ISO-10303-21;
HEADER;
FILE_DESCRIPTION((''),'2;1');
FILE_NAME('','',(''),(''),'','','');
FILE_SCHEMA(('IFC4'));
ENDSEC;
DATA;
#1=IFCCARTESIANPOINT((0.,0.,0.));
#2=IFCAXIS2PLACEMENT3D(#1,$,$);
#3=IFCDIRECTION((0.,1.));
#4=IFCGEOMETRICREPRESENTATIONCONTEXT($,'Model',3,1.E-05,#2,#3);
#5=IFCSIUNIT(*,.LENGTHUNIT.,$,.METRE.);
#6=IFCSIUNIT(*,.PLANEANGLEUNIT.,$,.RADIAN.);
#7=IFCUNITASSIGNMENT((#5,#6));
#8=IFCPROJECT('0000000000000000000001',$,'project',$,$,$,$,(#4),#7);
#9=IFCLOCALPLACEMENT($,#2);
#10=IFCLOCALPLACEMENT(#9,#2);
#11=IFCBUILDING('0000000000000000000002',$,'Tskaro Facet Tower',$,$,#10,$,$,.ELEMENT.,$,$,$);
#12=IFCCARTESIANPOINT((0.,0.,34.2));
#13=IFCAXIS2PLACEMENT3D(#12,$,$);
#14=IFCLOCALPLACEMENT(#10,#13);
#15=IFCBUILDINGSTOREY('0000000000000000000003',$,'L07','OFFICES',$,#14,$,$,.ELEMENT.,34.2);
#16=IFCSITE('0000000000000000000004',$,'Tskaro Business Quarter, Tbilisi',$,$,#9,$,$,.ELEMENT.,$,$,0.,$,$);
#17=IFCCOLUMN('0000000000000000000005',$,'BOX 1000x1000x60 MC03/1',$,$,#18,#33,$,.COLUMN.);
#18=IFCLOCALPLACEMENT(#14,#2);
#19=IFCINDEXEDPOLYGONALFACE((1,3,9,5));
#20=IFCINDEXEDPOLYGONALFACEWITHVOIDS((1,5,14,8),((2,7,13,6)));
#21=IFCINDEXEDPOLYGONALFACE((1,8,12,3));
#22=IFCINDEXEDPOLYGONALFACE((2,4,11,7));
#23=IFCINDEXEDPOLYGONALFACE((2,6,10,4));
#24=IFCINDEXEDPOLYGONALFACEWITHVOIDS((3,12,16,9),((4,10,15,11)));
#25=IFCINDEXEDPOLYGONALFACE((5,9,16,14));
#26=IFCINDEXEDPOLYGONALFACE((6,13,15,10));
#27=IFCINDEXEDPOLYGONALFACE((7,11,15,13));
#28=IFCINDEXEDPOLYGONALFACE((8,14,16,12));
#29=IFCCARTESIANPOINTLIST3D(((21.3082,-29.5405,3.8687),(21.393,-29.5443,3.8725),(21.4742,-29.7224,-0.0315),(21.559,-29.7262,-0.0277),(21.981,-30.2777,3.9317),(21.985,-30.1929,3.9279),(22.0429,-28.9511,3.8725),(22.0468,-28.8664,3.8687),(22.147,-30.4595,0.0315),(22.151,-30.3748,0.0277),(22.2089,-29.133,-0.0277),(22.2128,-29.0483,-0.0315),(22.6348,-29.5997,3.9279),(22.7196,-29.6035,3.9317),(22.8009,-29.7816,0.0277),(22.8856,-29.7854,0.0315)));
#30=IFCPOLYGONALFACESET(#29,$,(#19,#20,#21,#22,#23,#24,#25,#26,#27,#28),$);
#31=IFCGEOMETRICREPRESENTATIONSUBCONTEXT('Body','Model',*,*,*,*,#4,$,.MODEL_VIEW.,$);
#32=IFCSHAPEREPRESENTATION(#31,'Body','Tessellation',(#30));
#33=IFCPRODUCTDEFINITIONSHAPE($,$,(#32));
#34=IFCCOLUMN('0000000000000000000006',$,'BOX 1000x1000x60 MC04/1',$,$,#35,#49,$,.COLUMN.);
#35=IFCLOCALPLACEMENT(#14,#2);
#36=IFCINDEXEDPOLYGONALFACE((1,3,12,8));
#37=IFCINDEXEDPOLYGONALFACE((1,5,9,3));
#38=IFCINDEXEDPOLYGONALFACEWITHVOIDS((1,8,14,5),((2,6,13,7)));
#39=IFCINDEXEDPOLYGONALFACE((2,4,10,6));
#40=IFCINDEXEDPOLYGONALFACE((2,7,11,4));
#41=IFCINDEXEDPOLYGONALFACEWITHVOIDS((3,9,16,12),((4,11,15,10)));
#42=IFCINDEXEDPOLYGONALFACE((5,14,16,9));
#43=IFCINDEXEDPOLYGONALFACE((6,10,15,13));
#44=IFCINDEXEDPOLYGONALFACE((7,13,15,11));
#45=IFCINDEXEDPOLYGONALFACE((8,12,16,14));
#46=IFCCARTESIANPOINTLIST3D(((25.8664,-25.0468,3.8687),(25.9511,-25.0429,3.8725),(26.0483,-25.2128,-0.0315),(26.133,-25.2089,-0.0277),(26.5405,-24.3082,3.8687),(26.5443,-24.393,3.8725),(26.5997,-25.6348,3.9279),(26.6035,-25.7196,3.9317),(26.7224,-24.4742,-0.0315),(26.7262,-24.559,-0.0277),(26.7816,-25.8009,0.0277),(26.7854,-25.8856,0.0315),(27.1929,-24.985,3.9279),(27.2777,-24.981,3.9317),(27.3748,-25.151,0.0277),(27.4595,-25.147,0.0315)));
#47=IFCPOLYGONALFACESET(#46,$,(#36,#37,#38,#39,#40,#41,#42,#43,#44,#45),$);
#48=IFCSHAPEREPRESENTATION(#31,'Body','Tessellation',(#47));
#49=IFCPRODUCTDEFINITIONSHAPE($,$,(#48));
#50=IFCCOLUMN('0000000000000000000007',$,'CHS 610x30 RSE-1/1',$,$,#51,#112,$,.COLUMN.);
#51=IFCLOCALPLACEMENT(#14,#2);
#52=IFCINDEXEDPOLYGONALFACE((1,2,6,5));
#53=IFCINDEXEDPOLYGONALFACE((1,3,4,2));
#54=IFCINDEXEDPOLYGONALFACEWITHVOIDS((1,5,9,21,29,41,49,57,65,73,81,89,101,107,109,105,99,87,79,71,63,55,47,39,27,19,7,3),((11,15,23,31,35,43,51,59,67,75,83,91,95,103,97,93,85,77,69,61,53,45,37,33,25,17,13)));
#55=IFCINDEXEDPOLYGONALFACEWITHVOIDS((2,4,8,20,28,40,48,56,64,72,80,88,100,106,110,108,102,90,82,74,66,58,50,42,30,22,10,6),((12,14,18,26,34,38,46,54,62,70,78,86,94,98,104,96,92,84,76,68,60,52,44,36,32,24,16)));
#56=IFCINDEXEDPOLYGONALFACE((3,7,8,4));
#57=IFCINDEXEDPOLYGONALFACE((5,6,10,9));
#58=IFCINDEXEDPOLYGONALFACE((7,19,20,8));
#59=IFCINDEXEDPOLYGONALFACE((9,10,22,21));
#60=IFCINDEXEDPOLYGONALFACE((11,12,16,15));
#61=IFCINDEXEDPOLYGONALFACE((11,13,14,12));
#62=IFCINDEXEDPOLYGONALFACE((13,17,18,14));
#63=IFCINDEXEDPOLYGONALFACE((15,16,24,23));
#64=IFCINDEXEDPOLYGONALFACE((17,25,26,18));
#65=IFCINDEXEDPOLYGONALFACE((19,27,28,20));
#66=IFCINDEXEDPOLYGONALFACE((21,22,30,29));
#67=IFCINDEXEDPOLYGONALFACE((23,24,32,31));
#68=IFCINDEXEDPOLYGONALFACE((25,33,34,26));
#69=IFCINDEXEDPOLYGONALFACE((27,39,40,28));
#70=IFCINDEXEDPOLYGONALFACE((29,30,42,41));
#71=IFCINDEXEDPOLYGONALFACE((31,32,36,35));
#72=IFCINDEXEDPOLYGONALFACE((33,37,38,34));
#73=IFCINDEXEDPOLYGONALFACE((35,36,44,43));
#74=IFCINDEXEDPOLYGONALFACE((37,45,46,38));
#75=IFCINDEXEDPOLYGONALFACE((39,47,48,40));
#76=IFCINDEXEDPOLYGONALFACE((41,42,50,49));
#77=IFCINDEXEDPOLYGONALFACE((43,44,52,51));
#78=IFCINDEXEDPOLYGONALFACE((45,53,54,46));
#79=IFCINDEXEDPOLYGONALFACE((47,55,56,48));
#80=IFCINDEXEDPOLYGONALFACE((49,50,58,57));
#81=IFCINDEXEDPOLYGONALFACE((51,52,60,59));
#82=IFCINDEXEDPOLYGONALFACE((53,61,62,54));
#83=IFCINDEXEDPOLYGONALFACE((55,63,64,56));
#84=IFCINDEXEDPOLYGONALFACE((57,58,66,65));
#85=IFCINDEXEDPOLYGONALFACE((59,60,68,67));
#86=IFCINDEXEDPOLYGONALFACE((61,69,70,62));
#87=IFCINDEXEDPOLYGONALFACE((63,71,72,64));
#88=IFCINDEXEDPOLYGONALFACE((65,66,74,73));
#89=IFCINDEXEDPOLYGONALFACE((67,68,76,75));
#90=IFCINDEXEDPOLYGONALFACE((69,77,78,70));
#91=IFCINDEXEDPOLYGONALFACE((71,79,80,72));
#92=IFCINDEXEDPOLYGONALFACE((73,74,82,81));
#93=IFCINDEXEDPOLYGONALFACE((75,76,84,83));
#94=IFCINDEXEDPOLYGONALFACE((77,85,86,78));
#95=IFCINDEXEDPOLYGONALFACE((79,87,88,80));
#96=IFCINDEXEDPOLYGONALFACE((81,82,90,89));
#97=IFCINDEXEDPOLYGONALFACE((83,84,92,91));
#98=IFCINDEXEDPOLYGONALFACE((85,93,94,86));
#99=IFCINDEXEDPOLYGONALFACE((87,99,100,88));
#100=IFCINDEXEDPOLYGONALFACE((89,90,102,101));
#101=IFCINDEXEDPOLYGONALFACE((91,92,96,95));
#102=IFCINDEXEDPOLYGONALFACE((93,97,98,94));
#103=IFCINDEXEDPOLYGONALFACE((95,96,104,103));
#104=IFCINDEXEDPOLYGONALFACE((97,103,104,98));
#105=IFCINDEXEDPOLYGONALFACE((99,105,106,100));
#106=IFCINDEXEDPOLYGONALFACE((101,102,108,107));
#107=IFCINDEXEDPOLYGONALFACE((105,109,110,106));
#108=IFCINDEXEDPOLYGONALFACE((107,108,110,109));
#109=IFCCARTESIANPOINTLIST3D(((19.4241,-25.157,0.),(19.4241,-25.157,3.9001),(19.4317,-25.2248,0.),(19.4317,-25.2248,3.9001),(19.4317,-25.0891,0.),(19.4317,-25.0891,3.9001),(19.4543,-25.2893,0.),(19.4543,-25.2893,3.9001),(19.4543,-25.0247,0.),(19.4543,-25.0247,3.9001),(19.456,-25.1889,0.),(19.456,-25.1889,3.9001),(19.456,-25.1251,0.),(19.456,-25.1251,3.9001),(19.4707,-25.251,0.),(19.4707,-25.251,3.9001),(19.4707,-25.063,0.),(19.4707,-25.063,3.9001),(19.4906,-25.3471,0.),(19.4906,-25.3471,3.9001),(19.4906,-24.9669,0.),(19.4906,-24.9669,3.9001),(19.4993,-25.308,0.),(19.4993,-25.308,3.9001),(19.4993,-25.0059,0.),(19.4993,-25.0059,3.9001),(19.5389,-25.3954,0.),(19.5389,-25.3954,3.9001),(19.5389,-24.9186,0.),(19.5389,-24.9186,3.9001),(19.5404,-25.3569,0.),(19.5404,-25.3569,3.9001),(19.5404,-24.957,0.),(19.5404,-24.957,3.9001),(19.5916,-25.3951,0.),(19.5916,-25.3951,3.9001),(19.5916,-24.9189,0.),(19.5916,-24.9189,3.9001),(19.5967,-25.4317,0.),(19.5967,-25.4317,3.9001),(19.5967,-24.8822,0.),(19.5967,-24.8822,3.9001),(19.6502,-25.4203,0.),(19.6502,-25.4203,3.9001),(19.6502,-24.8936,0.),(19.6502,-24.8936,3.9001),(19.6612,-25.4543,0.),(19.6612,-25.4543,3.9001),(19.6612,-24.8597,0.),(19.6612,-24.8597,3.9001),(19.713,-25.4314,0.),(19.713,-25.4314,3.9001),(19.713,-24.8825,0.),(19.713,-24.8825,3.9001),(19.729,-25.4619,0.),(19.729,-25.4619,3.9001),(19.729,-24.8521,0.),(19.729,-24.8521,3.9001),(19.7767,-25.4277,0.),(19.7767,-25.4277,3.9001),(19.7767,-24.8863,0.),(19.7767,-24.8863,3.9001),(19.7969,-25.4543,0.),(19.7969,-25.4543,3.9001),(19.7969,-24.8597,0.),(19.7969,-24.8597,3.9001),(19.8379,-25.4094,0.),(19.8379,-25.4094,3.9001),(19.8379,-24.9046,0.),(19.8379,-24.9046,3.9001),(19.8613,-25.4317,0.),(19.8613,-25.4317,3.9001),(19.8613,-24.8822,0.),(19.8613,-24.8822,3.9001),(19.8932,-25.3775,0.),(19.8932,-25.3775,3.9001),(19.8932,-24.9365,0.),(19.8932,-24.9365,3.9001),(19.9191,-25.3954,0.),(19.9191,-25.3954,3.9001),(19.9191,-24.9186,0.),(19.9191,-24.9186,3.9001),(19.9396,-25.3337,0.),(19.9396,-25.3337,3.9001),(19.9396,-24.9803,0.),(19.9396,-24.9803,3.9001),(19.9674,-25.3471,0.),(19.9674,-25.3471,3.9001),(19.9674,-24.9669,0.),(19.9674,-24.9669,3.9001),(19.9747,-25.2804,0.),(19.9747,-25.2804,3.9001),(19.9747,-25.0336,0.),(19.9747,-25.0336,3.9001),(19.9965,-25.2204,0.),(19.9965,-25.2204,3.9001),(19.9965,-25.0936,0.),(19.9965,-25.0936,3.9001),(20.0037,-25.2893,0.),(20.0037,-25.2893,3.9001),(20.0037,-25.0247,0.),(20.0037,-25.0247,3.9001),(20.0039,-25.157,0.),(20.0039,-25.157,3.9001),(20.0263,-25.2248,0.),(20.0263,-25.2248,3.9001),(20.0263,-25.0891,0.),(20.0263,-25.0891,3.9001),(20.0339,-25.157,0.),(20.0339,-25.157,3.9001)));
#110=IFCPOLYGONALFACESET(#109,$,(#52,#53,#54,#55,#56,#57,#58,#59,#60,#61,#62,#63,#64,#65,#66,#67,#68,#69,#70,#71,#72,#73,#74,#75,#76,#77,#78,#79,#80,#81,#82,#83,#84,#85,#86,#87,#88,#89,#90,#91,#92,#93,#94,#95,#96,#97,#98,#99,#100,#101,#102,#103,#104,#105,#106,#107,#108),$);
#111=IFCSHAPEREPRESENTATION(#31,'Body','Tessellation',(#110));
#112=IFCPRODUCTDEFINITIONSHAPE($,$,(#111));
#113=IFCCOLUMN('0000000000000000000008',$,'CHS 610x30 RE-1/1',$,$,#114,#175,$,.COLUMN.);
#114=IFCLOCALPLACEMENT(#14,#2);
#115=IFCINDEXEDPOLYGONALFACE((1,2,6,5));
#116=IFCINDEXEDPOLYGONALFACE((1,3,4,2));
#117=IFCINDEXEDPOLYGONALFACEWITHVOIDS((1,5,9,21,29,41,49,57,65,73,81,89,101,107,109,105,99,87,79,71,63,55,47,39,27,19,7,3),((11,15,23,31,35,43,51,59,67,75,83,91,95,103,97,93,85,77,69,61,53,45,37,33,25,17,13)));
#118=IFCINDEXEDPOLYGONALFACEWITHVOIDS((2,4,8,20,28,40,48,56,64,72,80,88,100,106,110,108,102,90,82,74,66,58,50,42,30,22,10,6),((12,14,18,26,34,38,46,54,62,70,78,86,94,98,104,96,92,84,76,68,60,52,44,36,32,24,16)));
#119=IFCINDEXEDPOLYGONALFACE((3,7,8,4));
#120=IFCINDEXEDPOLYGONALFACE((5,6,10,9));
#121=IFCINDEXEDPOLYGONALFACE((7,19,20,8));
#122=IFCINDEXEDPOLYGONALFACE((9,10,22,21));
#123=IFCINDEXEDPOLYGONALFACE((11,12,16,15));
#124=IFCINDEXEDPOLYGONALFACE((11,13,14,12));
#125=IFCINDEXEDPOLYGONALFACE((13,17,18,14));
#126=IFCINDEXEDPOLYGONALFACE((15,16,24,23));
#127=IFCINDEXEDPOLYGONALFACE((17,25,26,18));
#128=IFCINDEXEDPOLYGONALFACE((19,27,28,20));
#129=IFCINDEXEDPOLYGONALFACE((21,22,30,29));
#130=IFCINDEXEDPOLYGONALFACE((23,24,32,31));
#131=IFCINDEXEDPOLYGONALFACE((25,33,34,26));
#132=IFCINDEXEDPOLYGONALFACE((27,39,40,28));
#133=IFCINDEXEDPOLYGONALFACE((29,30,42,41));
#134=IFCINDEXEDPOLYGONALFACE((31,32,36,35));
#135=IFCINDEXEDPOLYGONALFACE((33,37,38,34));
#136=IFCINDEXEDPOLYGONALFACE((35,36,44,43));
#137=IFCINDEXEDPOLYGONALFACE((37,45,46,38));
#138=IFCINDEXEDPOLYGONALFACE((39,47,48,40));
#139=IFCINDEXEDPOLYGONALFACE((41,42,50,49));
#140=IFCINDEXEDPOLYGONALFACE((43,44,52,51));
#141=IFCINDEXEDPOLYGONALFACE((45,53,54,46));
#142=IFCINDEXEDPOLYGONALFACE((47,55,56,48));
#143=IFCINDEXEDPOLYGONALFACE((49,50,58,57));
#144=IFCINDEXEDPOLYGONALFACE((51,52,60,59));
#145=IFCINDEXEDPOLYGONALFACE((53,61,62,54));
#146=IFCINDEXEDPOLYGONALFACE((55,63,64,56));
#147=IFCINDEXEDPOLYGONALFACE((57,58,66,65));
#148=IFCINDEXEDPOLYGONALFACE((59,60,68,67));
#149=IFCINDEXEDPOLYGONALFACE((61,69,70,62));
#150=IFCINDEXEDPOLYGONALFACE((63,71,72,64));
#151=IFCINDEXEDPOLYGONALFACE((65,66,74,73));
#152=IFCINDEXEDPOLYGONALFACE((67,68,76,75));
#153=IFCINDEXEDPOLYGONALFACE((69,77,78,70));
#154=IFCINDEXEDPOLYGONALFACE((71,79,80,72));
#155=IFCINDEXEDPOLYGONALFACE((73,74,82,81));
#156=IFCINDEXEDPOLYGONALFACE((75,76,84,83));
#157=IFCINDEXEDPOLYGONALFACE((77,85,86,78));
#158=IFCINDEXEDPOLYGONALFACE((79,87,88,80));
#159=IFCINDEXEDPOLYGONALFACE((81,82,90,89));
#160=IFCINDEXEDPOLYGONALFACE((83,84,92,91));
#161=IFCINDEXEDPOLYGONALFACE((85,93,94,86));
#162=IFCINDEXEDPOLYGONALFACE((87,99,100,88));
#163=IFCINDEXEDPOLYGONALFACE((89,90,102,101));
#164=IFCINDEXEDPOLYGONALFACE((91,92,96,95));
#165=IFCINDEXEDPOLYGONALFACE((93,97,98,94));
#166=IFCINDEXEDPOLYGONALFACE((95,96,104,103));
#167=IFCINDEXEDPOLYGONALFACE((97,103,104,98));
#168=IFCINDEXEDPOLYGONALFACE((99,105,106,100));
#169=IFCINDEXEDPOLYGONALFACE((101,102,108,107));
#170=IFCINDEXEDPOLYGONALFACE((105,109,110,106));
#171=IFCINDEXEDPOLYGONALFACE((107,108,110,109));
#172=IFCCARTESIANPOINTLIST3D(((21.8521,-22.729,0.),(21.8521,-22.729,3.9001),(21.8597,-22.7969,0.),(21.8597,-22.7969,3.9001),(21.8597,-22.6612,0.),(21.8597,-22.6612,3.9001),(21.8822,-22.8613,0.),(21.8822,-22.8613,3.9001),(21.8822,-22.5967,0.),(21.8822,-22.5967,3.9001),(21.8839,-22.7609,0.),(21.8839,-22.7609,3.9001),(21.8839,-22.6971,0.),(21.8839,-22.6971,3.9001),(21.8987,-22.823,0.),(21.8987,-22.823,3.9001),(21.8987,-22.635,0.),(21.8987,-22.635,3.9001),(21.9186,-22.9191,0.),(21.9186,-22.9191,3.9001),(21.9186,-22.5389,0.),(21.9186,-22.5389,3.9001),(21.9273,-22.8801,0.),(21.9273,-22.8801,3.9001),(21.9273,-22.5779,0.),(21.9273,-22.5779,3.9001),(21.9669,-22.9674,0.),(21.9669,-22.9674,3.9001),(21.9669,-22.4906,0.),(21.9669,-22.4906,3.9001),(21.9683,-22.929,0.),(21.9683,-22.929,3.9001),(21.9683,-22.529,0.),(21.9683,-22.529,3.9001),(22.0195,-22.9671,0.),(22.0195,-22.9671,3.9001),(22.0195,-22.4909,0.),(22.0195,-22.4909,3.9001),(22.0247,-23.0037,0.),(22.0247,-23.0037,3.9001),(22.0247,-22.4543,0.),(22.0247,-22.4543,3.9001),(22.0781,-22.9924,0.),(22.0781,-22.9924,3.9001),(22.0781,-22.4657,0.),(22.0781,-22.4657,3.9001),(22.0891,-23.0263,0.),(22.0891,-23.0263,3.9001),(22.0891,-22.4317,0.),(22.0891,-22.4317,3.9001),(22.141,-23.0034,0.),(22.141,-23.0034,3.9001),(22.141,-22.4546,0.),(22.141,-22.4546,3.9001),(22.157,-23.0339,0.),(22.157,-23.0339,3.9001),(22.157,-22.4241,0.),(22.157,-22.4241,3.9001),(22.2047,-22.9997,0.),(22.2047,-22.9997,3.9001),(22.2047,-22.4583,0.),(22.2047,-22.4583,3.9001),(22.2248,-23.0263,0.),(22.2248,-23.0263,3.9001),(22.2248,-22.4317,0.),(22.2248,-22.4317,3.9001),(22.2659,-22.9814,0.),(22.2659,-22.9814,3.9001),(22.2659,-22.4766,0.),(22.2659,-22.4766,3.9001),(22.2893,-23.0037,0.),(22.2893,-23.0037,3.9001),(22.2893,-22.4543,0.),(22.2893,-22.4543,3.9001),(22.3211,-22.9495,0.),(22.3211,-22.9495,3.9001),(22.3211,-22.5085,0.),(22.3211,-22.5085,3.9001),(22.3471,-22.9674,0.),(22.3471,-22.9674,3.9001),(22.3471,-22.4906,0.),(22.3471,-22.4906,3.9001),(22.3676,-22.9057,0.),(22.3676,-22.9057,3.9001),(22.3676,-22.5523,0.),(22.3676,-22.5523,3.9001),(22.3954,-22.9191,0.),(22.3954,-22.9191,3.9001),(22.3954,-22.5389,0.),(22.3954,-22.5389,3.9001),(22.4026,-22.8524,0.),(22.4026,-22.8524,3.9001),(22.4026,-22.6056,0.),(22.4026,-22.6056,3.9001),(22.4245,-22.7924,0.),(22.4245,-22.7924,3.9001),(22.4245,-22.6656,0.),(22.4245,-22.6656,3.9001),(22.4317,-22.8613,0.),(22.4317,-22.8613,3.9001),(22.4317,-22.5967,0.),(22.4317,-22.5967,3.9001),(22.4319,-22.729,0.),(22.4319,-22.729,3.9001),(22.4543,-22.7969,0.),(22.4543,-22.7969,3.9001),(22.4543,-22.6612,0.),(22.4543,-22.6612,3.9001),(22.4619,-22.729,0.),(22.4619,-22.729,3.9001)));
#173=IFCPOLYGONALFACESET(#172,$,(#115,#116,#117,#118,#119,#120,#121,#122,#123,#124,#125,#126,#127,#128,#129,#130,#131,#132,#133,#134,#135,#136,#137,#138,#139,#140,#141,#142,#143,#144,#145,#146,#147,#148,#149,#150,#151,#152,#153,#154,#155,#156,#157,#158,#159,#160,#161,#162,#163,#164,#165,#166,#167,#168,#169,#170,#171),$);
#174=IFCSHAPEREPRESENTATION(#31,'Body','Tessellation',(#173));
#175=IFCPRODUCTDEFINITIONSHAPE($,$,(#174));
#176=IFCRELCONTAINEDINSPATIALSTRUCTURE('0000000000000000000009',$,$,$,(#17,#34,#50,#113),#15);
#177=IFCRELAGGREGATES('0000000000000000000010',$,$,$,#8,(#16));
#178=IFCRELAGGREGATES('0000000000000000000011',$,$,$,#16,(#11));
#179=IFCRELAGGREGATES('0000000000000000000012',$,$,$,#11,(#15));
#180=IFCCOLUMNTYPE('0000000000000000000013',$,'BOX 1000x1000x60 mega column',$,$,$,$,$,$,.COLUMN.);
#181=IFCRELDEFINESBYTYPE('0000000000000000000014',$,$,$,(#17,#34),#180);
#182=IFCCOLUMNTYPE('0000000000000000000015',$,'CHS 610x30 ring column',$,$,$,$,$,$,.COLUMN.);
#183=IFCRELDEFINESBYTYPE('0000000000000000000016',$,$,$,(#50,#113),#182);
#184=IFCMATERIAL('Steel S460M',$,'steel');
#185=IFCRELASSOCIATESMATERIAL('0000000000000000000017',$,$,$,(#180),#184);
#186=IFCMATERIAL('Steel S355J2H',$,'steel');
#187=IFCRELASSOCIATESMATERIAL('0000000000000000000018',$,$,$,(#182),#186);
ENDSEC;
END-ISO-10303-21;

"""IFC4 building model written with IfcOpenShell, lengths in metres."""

from ifc_helpers import new_model, si_unit, direction, frame, origin, origin_2d, place, context, subcontext, project, spatial, hollow_rectangle, hollow_circle, extrude, material, material_profile, profile_set, type_object, element, save


model = new_model("IFC4")

# Units and contexts
model_context = context("Model", 3, precision=1e-05, world=origin(), true_north=direction((0.0, 1.0)))
body_context = subcontext(model_context, "Body", "Model", "MODEL_VIEW")
ifc_project = project(units=[si_unit("LENGTHUNIT", "METRE"), si_unit("PLANEANGLEUNIT", "RADIAN")], contexts=[model_context])

# Site, building, storey
site_placement = place(None, origin())
site = spatial("IfcSite", under=ifc_project, at=site_placement, Name="Tskaro Business Quarter, Tbilisi", CompositionType="ELEMENT", RefElevation=0.0)
building_placement = place(site_placement, origin())
building = spatial("IfcBuilding", under=site, at=building_placement, Name="Tskaro Facet Tower", CompositionType="ELEMENT")
storey_placement = place(building_placement, frame((0.0, 0.0, 34.2)))
storey = spatial("IfcBuildingStorey", under=building, at=storey_placement, Name="L07", Description="OFFICES", CompositionType="ELEMENT", Elevation=34.2)

# Columns
ifc_material_1 = material(Name="Steel S460M", Category="steel")
ifc_material_profile_1 = material_profile(ifc_material_1, hollow_rectangle(XDim=1.0, YDim=1.0, WallThickness=0.0601, at=origin_2d()), Name="BOX 1000x1000x60")
ifc_profile_set_1 = profile_set([ifc_material_profile_1], Name="Steel S460M")
column_type_1 = type_object("IfcColumnType", Name="BOX 1000x1000x60 mega column", PredefinedType="COLUMN", material=ifc_profile_set_1)
for number, where, z_axis, x_axis, name in (
    (1, (22.1799, -29.7539, 0.0), (-0.042482, 0.046543, 0.998013), (-0.738593, -0.674152, 0.0), "BOX 1000x1000x60 MC03/1"),
    (2, (26.7539, -25.1799, 0.0), (-0.046543, 0.042482, 0.998013), (-0.674152, -0.738593, 0.0), "BOX 1000x1000x60 MC04/1"),
):
    element("IfcColumn", number, at=place(storey_placement, frame(where, z_axis=z_axis, x_axis=x_axis)), inside=storey, type_object=column_type_1, Name=name, PredefinedType="COLUMN", context=body_context, shape_type="SweptSolid", body=[
        extrude(hollow_rectangle(XDim=1.0, YDim=1.0, WallThickness=0.0601, at=origin_2d()), origin(), (0.0, 0.0, 1.0), 3.908),
    ])
ifc_material_2 = material(Name="Steel S355J2H", Category="steel")
ifc_material_profile_2 = material_profile(ifc_material_2, hollow_circle(Radius=0.3049, WallThickness=0.03, at=origin_2d()), Name="CHS 610x30")
ifc_profile_set_2 = profile_set([ifc_material_profile_2], Name="Steel S355J2H")
column_type_2 = type_object("IfcColumnType", Name="CHS 610x30 ring column", PredefinedType="COLUMN", material=ifc_profile_set_2)
for number, where, z_axis, x_axis, name in (
    (3, (19.729, -25.157, 0.0), (0.0, 0.0, 1.0), (1.0, 0.0, 0.0), "CHS 610x30 RSE-1/1"),
    (4, (22.157, -22.729, 0.0), (0.0, 0.0, 1.0), (1.0, 0.0, 0.0), "CHS 610x30 RE-1/1"),
):
    element("IfcColumn", number, at=place(storey_placement, frame(where, z_axis=z_axis, x_axis=x_axis)), inside=storey, type_object=column_type_2, Name=name, PredefinedType="COLUMN", context=body_context, shape_type="SweptSolid", body=[
        extrude(hollow_circle(Radius=0.3049, WallThickness=0.03, at=origin_2d()), origin(), (0.0, 0.0, 1.0), 3.9001),
    ])

save(model, "model.ifc")
